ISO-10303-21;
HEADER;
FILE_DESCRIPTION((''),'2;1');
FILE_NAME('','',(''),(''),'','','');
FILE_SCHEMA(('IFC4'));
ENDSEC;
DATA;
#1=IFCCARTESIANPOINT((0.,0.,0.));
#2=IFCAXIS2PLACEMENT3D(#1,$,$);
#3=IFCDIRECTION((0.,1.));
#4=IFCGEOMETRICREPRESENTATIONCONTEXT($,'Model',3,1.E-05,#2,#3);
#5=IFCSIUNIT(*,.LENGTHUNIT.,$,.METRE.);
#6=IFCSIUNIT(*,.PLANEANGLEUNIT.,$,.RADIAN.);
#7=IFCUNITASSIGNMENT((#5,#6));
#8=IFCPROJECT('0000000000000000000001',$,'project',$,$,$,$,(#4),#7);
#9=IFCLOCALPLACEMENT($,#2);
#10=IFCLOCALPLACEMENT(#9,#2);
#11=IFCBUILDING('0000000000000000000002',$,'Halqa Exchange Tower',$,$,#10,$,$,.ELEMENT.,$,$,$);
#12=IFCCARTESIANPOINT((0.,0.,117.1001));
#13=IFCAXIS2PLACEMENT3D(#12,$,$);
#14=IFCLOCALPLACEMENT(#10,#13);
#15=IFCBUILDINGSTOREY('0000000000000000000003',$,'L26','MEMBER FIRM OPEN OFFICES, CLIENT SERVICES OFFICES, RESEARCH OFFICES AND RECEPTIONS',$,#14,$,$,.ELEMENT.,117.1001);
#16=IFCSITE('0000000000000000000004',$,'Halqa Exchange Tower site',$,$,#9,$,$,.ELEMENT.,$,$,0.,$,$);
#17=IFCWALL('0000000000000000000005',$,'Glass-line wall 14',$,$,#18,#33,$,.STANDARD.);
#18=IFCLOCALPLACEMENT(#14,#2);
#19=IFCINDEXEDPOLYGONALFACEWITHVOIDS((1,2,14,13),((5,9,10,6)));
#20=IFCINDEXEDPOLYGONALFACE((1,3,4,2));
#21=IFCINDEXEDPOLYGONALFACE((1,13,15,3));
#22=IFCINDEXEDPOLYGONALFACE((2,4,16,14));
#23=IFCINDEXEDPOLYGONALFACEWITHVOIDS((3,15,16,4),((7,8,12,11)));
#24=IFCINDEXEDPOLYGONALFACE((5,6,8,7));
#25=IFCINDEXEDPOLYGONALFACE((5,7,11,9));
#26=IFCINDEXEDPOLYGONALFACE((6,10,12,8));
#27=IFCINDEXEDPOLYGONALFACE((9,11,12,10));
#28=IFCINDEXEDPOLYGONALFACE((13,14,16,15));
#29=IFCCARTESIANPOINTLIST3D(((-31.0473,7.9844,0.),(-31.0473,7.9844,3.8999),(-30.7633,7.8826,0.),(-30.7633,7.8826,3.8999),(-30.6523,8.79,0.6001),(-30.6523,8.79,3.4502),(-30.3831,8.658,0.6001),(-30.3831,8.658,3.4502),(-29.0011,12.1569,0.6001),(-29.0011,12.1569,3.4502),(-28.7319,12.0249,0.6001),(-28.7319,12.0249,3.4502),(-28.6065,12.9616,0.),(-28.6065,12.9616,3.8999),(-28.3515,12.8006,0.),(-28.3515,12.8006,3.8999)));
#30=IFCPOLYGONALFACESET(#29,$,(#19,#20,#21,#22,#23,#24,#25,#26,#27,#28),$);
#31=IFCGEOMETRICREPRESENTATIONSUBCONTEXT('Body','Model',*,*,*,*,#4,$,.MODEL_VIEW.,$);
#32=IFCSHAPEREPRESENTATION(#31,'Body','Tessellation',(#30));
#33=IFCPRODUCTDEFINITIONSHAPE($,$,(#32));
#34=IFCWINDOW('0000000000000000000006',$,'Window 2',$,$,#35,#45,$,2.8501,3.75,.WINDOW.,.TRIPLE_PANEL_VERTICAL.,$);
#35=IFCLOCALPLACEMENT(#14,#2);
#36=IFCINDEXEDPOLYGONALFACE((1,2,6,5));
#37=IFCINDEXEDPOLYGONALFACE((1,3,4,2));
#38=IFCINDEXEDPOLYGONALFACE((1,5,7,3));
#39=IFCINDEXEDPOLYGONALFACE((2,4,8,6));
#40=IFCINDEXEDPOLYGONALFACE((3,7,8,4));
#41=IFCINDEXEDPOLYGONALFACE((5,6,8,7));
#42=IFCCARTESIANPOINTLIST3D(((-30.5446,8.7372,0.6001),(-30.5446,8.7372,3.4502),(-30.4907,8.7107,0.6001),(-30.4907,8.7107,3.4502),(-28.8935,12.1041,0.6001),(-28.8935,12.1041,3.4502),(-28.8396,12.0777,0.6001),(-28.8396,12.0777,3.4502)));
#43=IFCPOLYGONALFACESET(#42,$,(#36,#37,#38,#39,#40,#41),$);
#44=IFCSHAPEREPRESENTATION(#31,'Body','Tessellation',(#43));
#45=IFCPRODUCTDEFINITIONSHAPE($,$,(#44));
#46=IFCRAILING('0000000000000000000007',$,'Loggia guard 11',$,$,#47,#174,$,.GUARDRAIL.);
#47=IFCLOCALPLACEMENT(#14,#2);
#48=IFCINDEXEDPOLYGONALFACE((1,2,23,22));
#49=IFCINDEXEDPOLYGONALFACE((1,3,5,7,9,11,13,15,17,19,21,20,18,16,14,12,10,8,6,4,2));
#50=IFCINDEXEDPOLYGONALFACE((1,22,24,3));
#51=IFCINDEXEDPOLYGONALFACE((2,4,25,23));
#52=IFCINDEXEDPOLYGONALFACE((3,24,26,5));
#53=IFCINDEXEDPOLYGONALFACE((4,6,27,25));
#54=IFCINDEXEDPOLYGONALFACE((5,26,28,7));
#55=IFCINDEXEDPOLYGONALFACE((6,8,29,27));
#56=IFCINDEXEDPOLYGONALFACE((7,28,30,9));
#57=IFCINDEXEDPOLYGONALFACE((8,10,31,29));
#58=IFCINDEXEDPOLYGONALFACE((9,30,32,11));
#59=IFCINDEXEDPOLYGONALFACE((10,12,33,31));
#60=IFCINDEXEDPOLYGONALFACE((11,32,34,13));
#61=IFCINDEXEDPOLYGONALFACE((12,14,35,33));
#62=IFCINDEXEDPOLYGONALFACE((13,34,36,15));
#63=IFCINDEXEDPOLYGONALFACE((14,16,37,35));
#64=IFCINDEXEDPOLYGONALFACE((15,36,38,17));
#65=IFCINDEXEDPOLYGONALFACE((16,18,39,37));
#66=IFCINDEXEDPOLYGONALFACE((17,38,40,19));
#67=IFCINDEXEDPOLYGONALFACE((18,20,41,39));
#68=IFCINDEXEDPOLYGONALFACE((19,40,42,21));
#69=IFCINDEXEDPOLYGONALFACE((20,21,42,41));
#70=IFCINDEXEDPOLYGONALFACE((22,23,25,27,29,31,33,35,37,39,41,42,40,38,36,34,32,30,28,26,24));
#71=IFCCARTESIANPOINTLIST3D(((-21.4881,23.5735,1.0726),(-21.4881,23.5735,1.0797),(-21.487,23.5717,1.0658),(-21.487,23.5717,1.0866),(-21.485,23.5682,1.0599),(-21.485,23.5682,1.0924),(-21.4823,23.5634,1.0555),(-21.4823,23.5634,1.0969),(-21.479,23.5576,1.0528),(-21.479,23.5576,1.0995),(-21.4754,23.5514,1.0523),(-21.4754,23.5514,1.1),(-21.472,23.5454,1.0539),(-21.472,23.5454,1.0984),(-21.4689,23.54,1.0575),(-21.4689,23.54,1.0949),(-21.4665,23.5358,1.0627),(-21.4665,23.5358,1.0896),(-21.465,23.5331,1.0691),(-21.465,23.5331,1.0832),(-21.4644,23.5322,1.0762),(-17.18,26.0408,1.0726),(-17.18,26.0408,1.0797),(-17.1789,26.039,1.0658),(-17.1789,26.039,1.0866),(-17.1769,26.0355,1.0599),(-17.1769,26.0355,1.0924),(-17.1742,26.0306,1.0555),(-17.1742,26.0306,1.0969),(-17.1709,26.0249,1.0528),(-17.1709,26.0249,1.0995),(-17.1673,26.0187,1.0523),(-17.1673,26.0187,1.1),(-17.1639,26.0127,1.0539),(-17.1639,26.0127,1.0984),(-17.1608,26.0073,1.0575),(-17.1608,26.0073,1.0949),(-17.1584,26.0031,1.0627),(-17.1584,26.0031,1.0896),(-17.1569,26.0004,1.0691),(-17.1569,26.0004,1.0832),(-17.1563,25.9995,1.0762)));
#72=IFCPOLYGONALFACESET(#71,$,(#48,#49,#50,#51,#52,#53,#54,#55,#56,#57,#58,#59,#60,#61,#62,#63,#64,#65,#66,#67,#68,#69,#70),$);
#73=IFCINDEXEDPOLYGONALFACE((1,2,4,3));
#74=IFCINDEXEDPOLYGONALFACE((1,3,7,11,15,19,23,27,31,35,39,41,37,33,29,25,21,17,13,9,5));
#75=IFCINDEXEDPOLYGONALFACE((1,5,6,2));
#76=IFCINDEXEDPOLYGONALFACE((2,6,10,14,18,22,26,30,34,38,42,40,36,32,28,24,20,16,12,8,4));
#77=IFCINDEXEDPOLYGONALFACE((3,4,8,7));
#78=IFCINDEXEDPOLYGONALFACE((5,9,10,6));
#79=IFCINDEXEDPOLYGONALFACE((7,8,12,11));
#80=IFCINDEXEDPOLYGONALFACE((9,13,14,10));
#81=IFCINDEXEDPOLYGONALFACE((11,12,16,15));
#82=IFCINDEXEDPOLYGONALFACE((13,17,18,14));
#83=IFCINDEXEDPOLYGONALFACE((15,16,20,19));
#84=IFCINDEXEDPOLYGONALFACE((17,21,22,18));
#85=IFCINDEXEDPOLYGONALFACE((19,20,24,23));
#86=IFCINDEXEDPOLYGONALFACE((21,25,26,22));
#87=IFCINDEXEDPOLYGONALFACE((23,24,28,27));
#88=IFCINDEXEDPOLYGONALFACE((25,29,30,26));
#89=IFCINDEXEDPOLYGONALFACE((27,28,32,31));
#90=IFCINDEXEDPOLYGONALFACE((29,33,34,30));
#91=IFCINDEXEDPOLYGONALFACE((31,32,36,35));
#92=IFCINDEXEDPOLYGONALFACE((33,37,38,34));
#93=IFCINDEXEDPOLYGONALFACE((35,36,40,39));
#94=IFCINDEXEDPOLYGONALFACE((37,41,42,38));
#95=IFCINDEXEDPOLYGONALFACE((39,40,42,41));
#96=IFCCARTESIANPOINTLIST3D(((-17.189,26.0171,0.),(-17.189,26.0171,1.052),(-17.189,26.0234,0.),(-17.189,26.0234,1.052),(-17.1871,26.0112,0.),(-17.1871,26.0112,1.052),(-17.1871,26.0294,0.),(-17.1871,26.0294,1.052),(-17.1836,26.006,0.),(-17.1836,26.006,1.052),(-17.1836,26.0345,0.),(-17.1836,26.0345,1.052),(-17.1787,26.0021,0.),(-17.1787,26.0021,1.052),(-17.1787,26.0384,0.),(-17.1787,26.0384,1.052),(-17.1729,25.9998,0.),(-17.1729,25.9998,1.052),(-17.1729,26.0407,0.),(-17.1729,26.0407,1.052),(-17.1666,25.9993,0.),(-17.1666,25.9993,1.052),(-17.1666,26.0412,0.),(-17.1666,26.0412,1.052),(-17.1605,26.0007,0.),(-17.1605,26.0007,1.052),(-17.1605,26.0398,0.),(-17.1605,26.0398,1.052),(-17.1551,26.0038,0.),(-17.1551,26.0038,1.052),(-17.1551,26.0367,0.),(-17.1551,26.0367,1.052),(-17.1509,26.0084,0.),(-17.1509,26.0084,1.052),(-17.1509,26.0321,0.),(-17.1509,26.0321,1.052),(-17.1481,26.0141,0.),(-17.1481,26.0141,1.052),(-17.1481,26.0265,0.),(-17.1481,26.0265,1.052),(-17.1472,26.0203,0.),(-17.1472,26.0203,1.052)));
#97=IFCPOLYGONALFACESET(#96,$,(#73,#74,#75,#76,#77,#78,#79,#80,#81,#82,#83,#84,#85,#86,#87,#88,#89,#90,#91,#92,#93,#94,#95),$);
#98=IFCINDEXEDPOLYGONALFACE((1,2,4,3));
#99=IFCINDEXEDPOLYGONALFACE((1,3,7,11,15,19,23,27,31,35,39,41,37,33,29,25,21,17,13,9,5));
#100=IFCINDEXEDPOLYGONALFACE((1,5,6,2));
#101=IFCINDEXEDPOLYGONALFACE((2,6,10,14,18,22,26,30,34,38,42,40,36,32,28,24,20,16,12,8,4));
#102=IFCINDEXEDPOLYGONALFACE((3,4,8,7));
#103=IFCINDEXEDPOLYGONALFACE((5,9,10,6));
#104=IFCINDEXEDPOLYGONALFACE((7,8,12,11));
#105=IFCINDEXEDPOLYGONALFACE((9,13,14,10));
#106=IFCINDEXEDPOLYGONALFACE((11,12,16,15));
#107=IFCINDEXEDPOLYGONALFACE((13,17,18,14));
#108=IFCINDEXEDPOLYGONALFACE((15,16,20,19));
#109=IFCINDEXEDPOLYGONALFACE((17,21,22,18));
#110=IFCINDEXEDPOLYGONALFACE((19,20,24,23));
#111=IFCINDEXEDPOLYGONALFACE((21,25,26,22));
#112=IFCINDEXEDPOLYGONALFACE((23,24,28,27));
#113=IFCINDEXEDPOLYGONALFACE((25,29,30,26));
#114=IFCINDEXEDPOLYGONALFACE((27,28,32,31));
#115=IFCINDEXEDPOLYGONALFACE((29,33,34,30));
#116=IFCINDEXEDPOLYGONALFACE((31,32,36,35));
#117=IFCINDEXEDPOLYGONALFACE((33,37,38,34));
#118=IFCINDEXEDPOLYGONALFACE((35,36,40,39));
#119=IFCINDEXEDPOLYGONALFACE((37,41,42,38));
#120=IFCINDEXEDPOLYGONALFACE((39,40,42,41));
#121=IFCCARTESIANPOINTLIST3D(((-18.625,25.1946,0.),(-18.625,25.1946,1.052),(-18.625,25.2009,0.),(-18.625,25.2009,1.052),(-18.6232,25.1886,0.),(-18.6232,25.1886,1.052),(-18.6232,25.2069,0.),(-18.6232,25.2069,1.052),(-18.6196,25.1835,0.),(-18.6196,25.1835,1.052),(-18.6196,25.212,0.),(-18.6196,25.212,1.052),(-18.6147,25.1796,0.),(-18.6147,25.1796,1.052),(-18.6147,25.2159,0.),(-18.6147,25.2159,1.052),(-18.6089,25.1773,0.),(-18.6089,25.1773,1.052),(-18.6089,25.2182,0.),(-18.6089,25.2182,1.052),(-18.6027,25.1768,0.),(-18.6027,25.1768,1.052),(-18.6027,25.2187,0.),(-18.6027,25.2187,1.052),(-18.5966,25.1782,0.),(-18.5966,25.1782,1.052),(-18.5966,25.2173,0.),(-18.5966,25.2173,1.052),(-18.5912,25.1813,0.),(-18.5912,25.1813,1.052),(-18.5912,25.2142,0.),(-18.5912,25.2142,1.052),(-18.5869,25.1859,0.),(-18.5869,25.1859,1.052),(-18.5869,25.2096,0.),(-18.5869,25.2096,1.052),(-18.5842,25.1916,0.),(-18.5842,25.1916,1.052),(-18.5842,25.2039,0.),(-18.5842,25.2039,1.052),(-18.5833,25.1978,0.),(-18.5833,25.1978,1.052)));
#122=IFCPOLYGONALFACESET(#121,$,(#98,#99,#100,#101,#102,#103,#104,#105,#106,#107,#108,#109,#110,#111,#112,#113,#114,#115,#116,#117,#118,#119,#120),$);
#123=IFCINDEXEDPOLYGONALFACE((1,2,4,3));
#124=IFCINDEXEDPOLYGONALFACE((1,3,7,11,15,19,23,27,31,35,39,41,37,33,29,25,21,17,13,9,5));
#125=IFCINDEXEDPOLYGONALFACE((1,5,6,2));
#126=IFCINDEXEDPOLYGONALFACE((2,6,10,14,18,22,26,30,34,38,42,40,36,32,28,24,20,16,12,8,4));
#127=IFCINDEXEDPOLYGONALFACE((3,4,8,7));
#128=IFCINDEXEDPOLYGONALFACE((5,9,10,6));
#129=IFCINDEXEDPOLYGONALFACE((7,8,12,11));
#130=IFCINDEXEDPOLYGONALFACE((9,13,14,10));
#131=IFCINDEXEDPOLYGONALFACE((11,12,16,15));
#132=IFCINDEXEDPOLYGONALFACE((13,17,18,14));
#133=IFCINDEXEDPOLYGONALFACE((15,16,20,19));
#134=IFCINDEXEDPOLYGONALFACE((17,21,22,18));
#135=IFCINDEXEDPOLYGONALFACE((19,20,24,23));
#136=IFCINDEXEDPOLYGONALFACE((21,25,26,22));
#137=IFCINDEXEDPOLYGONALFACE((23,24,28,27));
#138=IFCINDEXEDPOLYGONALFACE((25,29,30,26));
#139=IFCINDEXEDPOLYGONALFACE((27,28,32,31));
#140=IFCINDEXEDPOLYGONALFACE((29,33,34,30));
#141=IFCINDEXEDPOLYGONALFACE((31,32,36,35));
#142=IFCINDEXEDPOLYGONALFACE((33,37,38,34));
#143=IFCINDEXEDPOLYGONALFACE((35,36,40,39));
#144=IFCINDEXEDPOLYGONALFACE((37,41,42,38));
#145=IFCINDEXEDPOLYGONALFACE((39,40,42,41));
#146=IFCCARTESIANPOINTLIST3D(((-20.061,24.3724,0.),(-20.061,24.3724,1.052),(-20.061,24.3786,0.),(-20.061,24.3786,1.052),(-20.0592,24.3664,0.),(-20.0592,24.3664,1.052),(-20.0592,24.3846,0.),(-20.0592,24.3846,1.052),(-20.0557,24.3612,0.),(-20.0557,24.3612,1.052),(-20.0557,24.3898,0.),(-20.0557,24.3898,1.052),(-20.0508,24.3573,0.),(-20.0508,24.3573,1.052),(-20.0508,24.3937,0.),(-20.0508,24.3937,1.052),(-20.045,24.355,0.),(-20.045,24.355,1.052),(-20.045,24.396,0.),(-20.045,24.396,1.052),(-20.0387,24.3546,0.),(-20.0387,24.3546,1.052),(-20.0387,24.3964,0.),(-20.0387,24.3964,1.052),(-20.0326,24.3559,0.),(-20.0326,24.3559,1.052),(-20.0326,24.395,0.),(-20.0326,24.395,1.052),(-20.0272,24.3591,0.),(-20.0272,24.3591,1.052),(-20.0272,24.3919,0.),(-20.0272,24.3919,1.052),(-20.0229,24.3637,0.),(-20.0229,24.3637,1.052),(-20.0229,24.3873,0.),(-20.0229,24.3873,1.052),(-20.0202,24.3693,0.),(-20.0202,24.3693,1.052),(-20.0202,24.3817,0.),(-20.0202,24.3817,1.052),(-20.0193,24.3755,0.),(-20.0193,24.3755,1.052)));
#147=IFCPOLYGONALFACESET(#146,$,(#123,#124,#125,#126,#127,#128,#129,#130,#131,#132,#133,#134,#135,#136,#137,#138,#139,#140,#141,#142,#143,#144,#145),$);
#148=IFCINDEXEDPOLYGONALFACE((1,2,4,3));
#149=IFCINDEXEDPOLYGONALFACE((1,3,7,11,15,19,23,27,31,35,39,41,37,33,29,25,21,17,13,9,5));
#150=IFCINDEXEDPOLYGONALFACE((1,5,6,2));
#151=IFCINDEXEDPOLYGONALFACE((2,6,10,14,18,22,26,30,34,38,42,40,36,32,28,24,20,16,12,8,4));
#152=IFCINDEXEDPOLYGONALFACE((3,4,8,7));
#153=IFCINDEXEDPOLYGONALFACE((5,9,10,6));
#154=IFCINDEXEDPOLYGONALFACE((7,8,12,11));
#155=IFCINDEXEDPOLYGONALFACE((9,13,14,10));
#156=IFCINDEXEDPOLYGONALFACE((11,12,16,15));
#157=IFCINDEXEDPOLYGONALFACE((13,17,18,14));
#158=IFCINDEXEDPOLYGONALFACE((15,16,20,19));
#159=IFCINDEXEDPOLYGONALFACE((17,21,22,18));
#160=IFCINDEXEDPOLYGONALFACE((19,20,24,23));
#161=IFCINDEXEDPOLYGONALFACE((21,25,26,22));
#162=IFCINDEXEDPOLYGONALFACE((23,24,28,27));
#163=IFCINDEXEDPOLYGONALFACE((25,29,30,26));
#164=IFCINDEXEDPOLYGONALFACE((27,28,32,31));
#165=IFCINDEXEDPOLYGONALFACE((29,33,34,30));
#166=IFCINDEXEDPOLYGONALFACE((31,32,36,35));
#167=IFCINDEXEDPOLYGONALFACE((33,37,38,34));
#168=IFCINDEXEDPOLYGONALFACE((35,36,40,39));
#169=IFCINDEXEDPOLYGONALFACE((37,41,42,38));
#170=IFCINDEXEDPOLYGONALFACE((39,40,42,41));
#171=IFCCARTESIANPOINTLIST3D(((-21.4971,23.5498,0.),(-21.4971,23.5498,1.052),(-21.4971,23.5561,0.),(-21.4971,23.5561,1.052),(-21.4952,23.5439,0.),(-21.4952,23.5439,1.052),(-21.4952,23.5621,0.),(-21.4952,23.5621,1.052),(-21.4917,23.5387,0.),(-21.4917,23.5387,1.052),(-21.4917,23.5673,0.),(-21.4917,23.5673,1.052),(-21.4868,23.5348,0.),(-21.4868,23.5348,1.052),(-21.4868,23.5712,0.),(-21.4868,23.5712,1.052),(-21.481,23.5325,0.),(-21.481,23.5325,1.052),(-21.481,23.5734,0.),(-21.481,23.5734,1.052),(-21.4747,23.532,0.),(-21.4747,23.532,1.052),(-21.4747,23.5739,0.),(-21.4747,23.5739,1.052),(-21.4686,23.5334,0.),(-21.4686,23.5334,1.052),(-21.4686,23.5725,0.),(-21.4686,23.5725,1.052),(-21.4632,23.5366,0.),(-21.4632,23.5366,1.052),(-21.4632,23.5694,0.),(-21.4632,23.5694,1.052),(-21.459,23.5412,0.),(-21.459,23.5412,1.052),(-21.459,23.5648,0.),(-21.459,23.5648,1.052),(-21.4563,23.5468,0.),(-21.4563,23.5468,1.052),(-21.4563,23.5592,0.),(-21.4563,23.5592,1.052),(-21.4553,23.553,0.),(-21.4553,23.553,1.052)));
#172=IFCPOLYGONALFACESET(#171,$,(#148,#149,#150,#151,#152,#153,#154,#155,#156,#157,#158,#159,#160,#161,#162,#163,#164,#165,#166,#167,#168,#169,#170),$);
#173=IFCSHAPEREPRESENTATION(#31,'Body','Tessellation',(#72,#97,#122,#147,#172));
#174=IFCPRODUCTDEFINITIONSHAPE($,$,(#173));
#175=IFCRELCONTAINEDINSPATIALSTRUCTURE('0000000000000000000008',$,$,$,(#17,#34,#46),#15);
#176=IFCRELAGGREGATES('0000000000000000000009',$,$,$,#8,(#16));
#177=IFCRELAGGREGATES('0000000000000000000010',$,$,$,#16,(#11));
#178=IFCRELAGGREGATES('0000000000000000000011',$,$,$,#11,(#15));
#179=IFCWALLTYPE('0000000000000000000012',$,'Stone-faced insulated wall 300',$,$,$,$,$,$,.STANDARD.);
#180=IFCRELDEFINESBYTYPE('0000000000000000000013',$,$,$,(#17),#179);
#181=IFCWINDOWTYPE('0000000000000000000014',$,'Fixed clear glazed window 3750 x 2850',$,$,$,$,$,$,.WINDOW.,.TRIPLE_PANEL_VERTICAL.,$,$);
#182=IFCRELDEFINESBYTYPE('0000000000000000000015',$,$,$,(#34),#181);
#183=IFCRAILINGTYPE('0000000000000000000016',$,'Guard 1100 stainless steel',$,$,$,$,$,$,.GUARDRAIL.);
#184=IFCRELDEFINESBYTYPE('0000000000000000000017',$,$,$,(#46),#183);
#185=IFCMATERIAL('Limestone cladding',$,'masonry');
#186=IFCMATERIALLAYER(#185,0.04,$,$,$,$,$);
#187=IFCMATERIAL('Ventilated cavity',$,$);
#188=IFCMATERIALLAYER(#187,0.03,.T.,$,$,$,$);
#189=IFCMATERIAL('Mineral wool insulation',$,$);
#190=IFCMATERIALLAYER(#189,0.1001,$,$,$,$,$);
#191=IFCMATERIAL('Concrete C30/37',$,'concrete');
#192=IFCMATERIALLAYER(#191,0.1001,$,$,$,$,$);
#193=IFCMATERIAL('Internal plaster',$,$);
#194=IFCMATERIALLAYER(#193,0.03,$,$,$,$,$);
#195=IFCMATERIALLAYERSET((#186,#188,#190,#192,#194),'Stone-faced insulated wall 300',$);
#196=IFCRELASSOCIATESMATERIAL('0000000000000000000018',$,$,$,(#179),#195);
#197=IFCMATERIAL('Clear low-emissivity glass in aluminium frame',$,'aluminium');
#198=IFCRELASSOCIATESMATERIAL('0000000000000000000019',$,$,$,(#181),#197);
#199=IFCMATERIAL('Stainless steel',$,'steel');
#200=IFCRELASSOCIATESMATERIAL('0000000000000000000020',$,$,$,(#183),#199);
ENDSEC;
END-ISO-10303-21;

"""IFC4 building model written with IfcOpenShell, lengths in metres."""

from ifc_helpers import new_model, si_unit, direction, frame, frame_2d, origin, origin_2d, place, context, subcontext, project, spatial, polyline, rectangle, circle, outline, extrude, material, layer, layer_set, type_object, element, fill, save


model = new_model("IFC4")

# Units and contexts
model_context = context("Model", 3, precision=1e-05, world=origin(), true_north=direction((0.0, 1.0)))
body_context = subcontext(model_context, "Body", "Model", "MODEL_VIEW")
ifc_project = project(units=[si_unit("LENGTHUNIT", "METRE"), si_unit("PLANEANGLEUNIT", "RADIAN")], contexts=[model_context])

# Site, building, storey
site_placement = place(None, origin())
site = spatial("IfcSite", under=ifc_project, at=site_placement, Name="Halqa Exchange Tower site", CompositionType="ELEMENT", RefElevation=0.0)
building_placement = place(site_placement, origin())
building = spatial("IfcBuilding", under=site, at=building_placement, Name="Halqa Exchange Tower", CompositionType="ELEMENT")
storey_placement = place(building_placement, frame((0.0, 0.0, 117.1001)))
storey = spatial("IfcBuildingStorey", under=building, at=storey_placement, Name="L26", Description="MEMBER FIRM OPEN OFFICES, CLIENT SERVICES OFFICES, RESEARCH OFFICES AND RECEPTIONS", CompositionType="ELEMENT", Elevation=117.1001)

# Shared definitions
ifc_material_1 = material(Name="Limestone cladding", Category="masonry")
ifc_layer_1 = layer(ifc_material_1, 0.04)
ifc_material_2 = material(Name="Ventilated cavity")
ifc_layer_2 = layer(ifc_material_2, 0.03, ventilated=True)
ifc_material_3 = material(Name="Mineral wool insulation")
ifc_layer_3 = layer(ifc_material_3, 0.1001)
ifc_material_4 = material(Name="Concrete C30/37", Category="concrete")
ifc_layer_4 = layer(ifc_material_4, 0.1001)
ifc_material_5 = material(Name="Internal plaster")
ifc_layer_5 = layer(ifc_material_5, 0.03)
ifc_layer_set_1 = layer_set([ifc_layer_1, ifc_layer_2, ifc_layer_3, ifc_layer_4, ifc_layer_5], Name="Stone-faced insulated wall 300")
wall_type_1 = type_object("IfcWallType", Name="Stone-faced insulated wall 300", PredefinedType="STANDARD", material=ifc_layer_set_1)
ifc_material_6 = material(Name="Clear low-emissivity glass in aluminium frame", Category="aluminium")
window_type = type_object("IfcWindowType", Name="Fixed clear glazed window 3750 x 2850", PartitioningType="TRIPLE_PANEL_VERTICAL", PredefinedType="WINDOW", material=ifc_material_6)

# Wall, opening, window
wall_1_placement = place(storey_placement, frame((-28.479, 12.8811, 0.0), z_axis=(0.0, 0.0, 1.0), x_axis=(-0.440306, -0.897848, 0.0)))
wall_1 = element("IfcWall", 1, at=wall_1_placement, inside=storey, type_object=wall_type_1, Name="Glass-line wall 14", PredefinedType="STANDARD", context=body_context, shape_type="SweptSolid", body=[
    extrude(outline(polyline([(-0.0161, -0.1499), (5.5273, -0.1499), (5.4937, 0.1499), (0.0161, 0.1499), (-0.0161, -0.1499)])), origin(), (0.0, 0.0, 1.0), 3.8999),
])
opening_1_placement = place(wall_1_placement, frame((0.8801, 0.0, 0.6001)))
opening_1 = element("IfcOpeningElement", 2, at=opening_1_placement, cuts=wall_1, PredefinedType="OPENING", context=body_context, shape_type="SweptSolid", body=[
    extrude(rectangle(XDim=3.75, YDim=2.8501, at=frame_2d((1.875, 1.425))), frame((0.0, 0.1621, 0.0), z_axis=(0.0, -1.0, 0.0), x_axis=(1.0, 0.0, 0.0)), (0.0, 0.0, 1.0), 0.324),
])
window_1_placement = place(opening_1_placement, origin())
window_1 = element("IfcWindow", 3, at=window_1_placement, inside=storey, type_object=window_type, Name="Window 2", OverallHeight=2.8501, OverallWidth=3.75, PartitioningType="TRIPLE_PANEL_VERTICAL", PredefinedType="WINDOW", context=body_context, shape_type="SweptSolid", body=[
    extrude(rectangle(XDim=3.75, YDim=2.8501, at=frame_2d((1.875, 1.425))), frame((0.0, 0.03, 0.0), z_axis=(0.0, -1.0, 0.0), x_axis=(1.0, 0.0, 0.0)), (0.0, 0.0, 1.0), 0.0601),
])
fill(opening_1, window_1)

# Railing
ifc_material_7 = material(Name="Stainless steel", Category="steel")
railing_type = type_object("IfcRailingType", Name="Guard 1100 stainless steel", PredefinedType="GUARDRAIL", material=ifc_material_7)
railing_1_placement = place(storey_placement, frame((-17.1682, 26.0203, 0.0)))
element("IfcRailing", 4, at=railing_1_placement, inside=storey, type_object=railing_type, Name="Loggia guard 11", PredefinedType="GUARDRAIL", context=body_context, shape_type="SweptSolid", body=[
    extrude(circle(Radius=0.0239, at=origin_2d()), frame((0.0, 0.0, 1.0762), z_axis=(-0.867765, -0.496975, 0.0), x_axis=(0.496975, -0.867765, 0.0)), (0.0, 0.0, 1.0), 4.9646),
    extrude(circle(Radius=0.021, at=origin_2d()), origin(), (0.0, 0.0, 1.0), 1.052),
    extrude(circle(Radius=0.021, at=origin_2d()), frame((-1.436, -0.8225, 0.0)), (0.0, 0.0, 1.0), 1.052),
    extrude(circle(Radius=0.021, at=origin_2d()), frame((-2.8721, -1.6448, 0.0)), (0.0, 0.0, 1.0), 1.052),
    extrude(circle(Radius=0.021, at=origin_2d()), frame((-4.3081, -2.4673, 0.0)), (0.0, 0.0, 1.0), 1.052),
])

save(model, "model.ifc")
